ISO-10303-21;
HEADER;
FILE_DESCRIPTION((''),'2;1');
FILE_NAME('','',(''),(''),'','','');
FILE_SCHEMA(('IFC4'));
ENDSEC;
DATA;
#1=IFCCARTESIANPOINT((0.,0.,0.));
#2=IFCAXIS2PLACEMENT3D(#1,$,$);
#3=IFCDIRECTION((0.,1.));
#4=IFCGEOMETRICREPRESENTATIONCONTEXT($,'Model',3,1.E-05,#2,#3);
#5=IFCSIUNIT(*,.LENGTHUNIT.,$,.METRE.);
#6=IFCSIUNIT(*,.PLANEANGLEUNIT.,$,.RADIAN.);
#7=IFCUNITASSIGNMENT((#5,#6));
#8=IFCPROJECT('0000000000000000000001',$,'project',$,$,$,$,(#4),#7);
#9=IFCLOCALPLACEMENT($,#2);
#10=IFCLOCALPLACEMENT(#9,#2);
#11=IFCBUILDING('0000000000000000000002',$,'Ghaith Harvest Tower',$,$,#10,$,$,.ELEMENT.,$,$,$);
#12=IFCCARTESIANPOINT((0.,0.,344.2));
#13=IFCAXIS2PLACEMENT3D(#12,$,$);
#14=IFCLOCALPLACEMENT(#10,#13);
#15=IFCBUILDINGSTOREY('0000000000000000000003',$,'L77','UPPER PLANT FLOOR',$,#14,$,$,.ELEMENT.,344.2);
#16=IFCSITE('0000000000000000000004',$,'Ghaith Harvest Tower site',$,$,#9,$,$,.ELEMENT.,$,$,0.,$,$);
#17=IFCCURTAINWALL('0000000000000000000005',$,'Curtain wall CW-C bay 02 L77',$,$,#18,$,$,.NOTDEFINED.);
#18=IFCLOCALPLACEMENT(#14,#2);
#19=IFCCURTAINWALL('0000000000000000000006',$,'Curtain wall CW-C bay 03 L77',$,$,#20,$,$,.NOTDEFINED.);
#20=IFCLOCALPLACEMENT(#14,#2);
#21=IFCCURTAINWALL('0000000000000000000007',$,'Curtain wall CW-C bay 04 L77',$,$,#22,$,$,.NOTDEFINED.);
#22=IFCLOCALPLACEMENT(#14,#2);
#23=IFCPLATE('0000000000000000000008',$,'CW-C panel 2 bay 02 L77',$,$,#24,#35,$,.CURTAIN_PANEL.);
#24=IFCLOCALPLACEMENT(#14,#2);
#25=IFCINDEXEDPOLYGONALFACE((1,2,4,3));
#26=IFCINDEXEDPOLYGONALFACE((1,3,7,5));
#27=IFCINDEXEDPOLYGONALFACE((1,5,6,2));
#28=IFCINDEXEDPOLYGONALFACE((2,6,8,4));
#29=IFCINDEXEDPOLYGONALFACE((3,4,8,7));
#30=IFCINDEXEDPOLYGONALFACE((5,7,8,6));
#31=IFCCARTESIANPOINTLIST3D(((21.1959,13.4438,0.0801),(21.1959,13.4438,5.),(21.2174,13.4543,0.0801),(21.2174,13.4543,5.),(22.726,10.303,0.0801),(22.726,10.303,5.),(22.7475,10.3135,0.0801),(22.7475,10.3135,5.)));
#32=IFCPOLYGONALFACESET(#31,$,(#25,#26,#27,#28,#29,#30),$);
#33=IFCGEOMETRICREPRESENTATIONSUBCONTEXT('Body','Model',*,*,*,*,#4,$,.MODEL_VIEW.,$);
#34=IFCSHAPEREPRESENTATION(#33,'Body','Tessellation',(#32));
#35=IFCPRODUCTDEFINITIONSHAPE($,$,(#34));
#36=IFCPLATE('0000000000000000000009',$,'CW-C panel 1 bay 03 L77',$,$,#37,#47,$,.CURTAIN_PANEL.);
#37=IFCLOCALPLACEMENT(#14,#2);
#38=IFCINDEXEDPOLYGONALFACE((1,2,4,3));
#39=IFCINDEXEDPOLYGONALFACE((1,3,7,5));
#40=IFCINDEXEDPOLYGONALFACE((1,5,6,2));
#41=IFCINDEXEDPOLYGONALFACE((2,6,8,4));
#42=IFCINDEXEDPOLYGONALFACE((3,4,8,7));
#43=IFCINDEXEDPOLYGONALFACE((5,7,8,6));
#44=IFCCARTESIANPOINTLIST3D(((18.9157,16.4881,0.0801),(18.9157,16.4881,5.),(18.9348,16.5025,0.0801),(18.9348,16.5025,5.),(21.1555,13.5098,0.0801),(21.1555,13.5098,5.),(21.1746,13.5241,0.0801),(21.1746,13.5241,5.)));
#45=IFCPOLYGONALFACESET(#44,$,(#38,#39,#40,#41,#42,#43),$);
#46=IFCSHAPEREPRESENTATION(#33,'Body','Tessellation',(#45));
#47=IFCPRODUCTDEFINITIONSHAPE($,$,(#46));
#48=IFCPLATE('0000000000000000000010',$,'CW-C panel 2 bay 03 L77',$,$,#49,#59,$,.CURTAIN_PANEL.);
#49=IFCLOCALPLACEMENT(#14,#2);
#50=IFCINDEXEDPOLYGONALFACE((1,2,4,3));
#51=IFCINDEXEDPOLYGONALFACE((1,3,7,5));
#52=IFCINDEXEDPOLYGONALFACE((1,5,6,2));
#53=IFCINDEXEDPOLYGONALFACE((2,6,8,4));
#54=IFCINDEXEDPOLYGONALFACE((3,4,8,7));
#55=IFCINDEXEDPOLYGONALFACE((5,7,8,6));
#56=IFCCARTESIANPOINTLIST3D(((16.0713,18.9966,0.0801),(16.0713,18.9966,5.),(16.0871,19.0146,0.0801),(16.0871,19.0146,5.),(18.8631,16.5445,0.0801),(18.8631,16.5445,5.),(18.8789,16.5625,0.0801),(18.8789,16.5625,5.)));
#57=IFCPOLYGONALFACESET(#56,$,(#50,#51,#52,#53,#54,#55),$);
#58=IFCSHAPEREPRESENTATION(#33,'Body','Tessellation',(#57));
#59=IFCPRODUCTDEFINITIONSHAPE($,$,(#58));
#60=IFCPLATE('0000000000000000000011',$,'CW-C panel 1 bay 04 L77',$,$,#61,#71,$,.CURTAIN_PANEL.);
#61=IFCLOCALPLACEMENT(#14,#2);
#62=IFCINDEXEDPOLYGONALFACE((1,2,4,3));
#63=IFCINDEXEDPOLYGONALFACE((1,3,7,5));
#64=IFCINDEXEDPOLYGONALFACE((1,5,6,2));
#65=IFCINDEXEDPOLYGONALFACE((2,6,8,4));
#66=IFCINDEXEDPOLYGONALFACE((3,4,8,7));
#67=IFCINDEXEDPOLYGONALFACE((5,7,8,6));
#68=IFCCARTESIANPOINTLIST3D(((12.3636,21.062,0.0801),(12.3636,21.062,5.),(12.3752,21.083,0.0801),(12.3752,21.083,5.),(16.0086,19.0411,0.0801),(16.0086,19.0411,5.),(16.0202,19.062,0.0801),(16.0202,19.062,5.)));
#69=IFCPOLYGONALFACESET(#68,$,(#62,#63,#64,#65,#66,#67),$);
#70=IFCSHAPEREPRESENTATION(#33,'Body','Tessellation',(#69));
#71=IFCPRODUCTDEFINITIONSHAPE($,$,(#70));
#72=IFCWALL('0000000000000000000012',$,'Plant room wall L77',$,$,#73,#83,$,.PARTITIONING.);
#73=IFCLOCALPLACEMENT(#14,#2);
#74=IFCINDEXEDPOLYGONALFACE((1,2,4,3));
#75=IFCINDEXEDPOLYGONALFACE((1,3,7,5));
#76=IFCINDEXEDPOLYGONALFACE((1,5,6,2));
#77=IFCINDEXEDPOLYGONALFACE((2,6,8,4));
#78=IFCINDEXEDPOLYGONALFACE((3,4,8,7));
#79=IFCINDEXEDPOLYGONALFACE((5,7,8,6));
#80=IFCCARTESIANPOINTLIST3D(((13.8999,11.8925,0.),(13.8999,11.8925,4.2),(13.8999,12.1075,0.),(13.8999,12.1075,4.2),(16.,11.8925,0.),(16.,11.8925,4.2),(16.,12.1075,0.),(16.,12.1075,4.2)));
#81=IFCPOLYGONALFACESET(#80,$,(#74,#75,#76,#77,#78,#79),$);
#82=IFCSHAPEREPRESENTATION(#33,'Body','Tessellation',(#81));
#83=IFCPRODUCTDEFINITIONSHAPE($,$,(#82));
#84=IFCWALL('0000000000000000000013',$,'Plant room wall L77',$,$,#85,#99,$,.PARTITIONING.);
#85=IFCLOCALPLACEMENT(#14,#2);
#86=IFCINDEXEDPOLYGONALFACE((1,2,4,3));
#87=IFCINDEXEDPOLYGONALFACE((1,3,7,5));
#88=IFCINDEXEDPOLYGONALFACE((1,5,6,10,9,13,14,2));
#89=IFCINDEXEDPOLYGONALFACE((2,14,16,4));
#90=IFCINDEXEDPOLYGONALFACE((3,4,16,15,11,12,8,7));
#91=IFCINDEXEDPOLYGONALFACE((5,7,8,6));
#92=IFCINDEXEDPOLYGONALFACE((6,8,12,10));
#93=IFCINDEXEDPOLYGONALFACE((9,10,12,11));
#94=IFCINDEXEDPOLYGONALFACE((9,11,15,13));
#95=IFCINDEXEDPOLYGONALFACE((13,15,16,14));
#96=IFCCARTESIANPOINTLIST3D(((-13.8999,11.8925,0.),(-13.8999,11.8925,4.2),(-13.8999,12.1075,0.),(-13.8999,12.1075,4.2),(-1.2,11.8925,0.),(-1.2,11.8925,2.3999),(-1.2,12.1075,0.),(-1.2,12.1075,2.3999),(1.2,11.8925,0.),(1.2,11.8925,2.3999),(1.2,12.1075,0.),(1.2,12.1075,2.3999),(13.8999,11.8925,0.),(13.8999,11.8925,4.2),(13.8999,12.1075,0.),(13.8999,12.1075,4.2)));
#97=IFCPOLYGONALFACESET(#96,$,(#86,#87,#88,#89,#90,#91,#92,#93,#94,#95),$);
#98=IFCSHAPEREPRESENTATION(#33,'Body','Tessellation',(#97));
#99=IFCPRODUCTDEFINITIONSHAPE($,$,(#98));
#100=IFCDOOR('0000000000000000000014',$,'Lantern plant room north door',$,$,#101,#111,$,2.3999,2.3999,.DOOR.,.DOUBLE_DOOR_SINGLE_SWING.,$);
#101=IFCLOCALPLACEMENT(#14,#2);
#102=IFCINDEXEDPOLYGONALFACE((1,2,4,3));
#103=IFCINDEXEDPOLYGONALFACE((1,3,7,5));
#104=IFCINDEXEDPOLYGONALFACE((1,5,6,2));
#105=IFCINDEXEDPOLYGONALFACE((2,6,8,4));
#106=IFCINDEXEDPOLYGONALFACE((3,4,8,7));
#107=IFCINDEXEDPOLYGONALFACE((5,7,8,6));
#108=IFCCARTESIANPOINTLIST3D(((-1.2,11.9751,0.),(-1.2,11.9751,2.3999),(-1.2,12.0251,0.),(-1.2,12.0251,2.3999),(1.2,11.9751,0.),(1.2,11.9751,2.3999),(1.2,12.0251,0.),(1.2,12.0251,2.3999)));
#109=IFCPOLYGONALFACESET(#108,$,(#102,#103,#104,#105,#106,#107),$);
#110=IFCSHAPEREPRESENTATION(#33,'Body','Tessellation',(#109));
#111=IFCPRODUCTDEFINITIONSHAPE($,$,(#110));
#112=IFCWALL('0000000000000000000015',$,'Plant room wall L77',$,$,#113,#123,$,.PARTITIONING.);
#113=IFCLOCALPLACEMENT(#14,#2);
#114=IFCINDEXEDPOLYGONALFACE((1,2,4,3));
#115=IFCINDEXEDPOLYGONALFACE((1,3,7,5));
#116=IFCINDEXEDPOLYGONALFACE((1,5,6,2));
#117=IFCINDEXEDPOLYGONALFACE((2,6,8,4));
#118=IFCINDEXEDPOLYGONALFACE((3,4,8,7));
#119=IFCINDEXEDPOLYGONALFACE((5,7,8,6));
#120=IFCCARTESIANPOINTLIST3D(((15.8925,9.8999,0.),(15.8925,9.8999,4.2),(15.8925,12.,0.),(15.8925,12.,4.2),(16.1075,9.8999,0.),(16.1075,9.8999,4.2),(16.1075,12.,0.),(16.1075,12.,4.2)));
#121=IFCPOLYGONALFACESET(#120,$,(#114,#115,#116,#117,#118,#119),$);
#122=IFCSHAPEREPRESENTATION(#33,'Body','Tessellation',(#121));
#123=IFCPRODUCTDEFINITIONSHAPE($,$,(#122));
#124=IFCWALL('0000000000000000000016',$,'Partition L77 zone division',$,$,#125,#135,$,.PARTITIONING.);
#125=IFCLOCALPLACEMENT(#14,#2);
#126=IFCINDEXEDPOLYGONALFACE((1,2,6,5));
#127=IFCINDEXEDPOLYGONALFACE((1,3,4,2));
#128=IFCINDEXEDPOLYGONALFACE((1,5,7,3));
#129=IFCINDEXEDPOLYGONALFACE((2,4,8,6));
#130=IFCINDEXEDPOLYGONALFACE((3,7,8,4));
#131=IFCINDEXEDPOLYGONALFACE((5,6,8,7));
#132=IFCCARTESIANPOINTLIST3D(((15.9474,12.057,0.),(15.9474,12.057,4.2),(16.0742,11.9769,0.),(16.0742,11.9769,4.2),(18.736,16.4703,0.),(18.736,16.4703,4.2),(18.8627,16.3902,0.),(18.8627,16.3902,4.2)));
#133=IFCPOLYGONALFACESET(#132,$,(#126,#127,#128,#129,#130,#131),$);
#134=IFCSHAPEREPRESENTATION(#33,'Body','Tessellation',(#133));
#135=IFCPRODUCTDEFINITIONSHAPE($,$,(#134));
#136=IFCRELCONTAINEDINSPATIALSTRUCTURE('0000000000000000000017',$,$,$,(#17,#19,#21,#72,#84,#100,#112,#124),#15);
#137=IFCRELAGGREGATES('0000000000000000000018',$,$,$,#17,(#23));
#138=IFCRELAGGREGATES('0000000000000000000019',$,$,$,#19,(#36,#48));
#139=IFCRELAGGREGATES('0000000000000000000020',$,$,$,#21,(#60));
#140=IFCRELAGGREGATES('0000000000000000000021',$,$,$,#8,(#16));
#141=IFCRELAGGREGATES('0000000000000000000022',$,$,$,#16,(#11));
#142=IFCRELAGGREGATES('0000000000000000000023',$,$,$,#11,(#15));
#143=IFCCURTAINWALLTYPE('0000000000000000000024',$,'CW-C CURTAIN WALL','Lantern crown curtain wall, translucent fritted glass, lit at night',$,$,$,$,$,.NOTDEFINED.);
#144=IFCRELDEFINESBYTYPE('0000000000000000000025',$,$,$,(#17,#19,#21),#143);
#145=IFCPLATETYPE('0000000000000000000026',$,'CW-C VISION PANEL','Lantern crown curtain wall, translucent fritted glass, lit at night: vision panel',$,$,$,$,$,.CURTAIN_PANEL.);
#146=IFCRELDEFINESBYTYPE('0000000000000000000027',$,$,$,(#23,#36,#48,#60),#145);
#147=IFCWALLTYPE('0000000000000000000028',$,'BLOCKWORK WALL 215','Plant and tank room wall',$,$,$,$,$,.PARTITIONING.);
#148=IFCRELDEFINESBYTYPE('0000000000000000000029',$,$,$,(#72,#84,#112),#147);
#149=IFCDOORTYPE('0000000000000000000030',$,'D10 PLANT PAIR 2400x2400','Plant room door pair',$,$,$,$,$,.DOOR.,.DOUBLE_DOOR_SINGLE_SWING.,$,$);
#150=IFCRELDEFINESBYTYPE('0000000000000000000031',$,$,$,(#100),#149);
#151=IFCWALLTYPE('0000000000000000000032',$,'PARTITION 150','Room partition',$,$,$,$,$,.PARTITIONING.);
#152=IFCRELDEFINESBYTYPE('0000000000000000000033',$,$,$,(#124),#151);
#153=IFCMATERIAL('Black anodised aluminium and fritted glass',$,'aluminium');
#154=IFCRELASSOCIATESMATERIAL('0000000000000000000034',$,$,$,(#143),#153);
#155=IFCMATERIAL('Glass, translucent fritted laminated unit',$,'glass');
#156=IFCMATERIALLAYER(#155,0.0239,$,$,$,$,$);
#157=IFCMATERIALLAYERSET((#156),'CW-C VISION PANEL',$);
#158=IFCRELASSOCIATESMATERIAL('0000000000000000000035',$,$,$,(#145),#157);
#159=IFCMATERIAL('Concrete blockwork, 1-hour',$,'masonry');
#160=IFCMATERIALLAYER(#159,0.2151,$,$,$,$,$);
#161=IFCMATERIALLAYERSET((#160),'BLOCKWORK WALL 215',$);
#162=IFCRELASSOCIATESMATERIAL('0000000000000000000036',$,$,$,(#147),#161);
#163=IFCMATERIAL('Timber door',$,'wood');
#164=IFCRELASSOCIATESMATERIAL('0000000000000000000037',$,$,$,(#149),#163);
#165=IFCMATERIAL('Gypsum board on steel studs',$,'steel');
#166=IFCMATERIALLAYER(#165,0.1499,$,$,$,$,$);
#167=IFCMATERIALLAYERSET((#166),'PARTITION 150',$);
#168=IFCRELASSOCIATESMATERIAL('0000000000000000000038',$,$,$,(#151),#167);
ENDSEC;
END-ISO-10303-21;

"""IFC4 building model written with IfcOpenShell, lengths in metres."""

from ifc_helpers import new_model, si_unit, direction, frame, frame_2d, origin, origin_2d, place, context, subcontext, project, spatial, rectangle, extrude, material, layer, layer_set, type_object, element, fill, aggregate, save


model = new_model("IFC4")

# Units and contexts
model_context = context("Model", 3, precision=1e-05, world=origin(), true_north=direction((0.0, 1.0)))
body_context = subcontext(model_context, "Body", "Model", "MODEL_VIEW")
ifc_project = project(units=[si_unit("LENGTHUNIT", "METRE"), si_unit("PLANEANGLEUNIT", "RADIAN")], contexts=[model_context])

# Site, building, storey
site_placement = place(None, origin())
site = spatial("IfcSite", under=ifc_project, at=site_placement, Name="Ghaith Harvest Tower site", CompositionType="ELEMENT", RefElevation=0.0)
building_placement = place(site_placement, origin())
building = spatial("IfcBuilding", under=site, at=building_placement, Name="Ghaith Harvest Tower", CompositionType="ELEMENT")
storey_placement = place(building_placement, frame((0.0, 0.0, 344.2)))
storey = spatial("IfcBuildingStorey", under=building, at=storey_placement, Name="L77", Description="UPPER PLANT FLOOR", CompositionType="ELEMENT", Elevation=344.2)

# Curtain wall
ifc_material_1 = material(Name="Black anodised aluminium and fritted glass", Category="aluminium")
curtain_wall_type = type_object("IfcCurtainWallType", Name="CW-C CURTAIN WALL", Description="Lantern crown curtain wall, translucent fritted glass, lit at night", PredefinedType="NOTDEFINED", material=ifc_material_1)
curtain_wall_1_placement = place(storey_placement, origin())
curtain_wall_1 = element("IfcCurtainWall", 1, at=curtain_wall_1_placement, inside=storey, type_object=curtain_wall_type, Name="Curtain wall CW-C bay 02 L77", PredefinedType="NOTDEFINED")

# Curtain wall
curtain_wall_2_placement = place(storey_placement, origin())
curtain_wall_2 = element("IfcCurtainWall", 2, at=curtain_wall_2_placement, inside=storey, type_object=curtain_wall_type, Name="Curtain wall CW-C bay 03 L77", PredefinedType="NOTDEFINED")

# Curtain wall
curtain_wall_3_placement = place(storey_placement, origin())
curtain_wall_3 = element("IfcCurtainWall", 3, at=curtain_wall_3_placement, inside=storey, type_object=curtain_wall_type, Name="Curtain wall CW-C bay 04 L77", PredefinedType="NOTDEFINED")

# Plates
ifc_material_2 = material(Name="Glass, translucent fritted laminated unit", Category="glass")
ifc_layer_1 = layer(ifc_material_2, 0.0239)
ifc_layer_set_1 = layer_set([ifc_layer_1], Name="CW-C VISION PANEL")
plate_type = type_object("IfcPlateType", Name="CW-C VISION PANEL", Description="Lantern crown curtain wall, translucent fritted glass, lit at night: vision panel", PredefinedType="CURTAIN_PANEL", material=ifc_layer_set_1)
plate_1_placement = place(storey_placement, frame((21.9717, 11.8787, 0.0801), z_axis=(0.0, 0.0, 1.0), x_axis=(-0.437968, 0.89899, 0.0)))
plate_1 = element("IfcPlate", 4, at=plate_1_placement, type_object=plate_type, Name="CW-C panel 2 bay 02 L77", PredefinedType="CURTAIN_PANEL", context=body_context, shape_type="SweptSolid", body=[
    extrude(rectangle(XDim=3.4937, YDim=0.0239, at=origin_2d()), origin(), (0.0, 0.0, 1.0), 4.9199),
])
aggregate(curtain_wall_1, [plate_1])
plate_2_placement = place(storey_placement, frame((20.0452, 15.0061, 0.0801), z_axis=(0.0, 0.0, 1.0), x_axis=(-0.601048, 0.799213, 0.0)))
plate_2 = element("IfcPlate", 5, at=plate_2_placement, type_object=plate_type, Name="CW-C panel 1 bay 03 L77", PredefinedType="CURTAIN_PANEL", context=body_context, shape_type="SweptSolid", body=[
    extrude(rectangle(XDim=3.7266, YDim=0.0239, at=origin_2d()), origin(), (0.0, 0.0, 1.0), 4.9199),
])
plate_3_placement = place(storey_placement, frame((17.4751, 17.7795, 0.0801), z_axis=(0.0, 0.0, 1.0), x_axis=(-0.751335, 0.659922, 0.0)))
plate_3 = element("IfcPlate", 6, at=plate_3_placement, type_object=plate_type, Name="CW-C panel 2 bay 03 L77", PredefinedType="CURTAIN_PANEL", context=body_context, shape_type="SweptSolid", body=[
    extrude(rectangle(XDim=3.7158, YDim=0.0239, at=origin_2d()), origin(), (0.0, 0.0, 1.0), 4.9199),
])
aggregate(curtain_wall_2, [plate_2, plate_3])
plate_4_placement = place(storey_placement, frame((14.1919, 20.062, 0.0801), z_axis=(0.0, 0.0, 1.0), x_axis=(-0.874564, 0.48491, 0.0)))
plate_4 = element("IfcPlate", 7, at=plate_4_placement, type_object=plate_type, Name="CW-C panel 1 bay 04 L77", PredefinedType="CURTAIN_PANEL", context=body_context, shape_type="SweptSolid", body=[
    extrude(rectangle(XDim=4.1677, YDim=0.0239, at=origin_2d()), origin(), (0.0, 0.0, 1.0), 4.9199),
])
aggregate(curtain_wall_3, [plate_4])

# Wall
ifc_material_3 = material(Name="Concrete blockwork, 1-hour", Category="masonry")
ifc_layer_2 = layer(ifc_material_3, 0.2151)
ifc_layer_set_2 = layer_set([ifc_layer_2], Name="BLOCKWORK WALL 215")
wall_type_1 = type_object("IfcWallType", Name="BLOCKWORK WALL 215", Description="Plant and tank room wall", PredefinedType="PARTITIONING", material=ifc_layer_set_2)
wall_1_placement = place(storey_placement, frame((16.0, 12.0, 0.0), z_axis=(0.0, 0.0, 1.0), x_axis=(-1.0, 0.0, 0.0)))
element("IfcWall", 8, at=wall_1_placement, inside=storey, type_object=wall_type_1, Name="Plant room wall L77", PredefinedType="PARTITIONING", context=body_context, shape_type="SweptSolid", body=[
    extrude(rectangle(XDim=2.1001, YDim=0.2151, at=frame_2d((1.05, 0.0))), origin(), (0.0, 0.0, 1.0), 4.2),
])

# Wall, opening, door
wall_2_placement = place(storey_placement, frame((13.8999, 12.0, 0.0), z_axis=(0.0, 0.0, 1.0), x_axis=(-1.0, 0.0, 0.0)))
wall_2 = element("IfcWall", 9, at=wall_2_placement, inside=storey, type_object=wall_type_1, Name="Plant room wall L77", PredefinedType="PARTITIONING", context=body_context, shape_type="SweptSolid", body=[
    extrude(rectangle(XDim=27.7998, YDim=0.2151, at=frame_2d((13.8999, 0.0))), origin(), (0.0, 0.0, 1.0), 4.2),
])
opening_1_placement = place(wall_2_placement, frame((12.7, 0.0, 0.0)))
opening_1 = element("IfcOpeningElement", 10, at=opening_1_placement, cuts=wall_2, PredefinedType="OPENING", context=body_context, shape_type="SweptSolid", body=[
    extrude(rectangle(XDim=2.3999, YDim=2.3999, at=frame_2d((1.2, 1.2))), frame((0.0, 0.1177, 0.0), z_axis=(0.0, -1.0, 0.0), x_axis=(1.0, 0.0, 0.0)), (0.0, 0.0, 1.0), 0.2351),
])
ifc_material_4 = material(Name="Timber door", Category="wood")
door_type_1 = type_object("IfcDoorType", Name="D10 PLANT PAIR 2400x2400", Description="Plant room door pair", OperationType="DOUBLE_DOOR_SINGLE_SWING", PredefinedType="DOOR", material=ifc_material_4)
door_1_placement = place(opening_1_placement, origin())
door_1 = element("IfcDoor", 11, at=door_1_placement, inside=storey, type_object=door_type_1, Name="Lantern plant room north door", OperationType="DOUBLE_DOOR_SINGLE_SWING", OverallHeight=2.3999, OverallWidth=2.3999, PredefinedType="DOOR", context=body_context, shape_type="SweptSolid", body=[
    extrude(rectangle(XDim=2.3999, YDim=2.3999, at=frame_2d((1.2, 1.2))), frame((0.0, 0.0249, 0.0), z_axis=(0.0, -1.0, 0.0), x_axis=(1.0, 0.0, 0.0)), (0.0, 0.0, 1.0), 0.05),
])
fill(opening_1, door_1)

# Wall
wall_3_placement = place(storey_placement, frame((16.0, 9.8999, 0.0), z_axis=(0.0, 0.0, 1.0), x_axis=(0.0, 1.0, 0.0)))
element("IfcWall", 12, at=wall_3_placement, inside=storey, type_object=wall_type_1, Name="Plant room wall L77", PredefinedType="PARTITIONING", context=body_context, shape_type="SweptSolid", body=[
    extrude(rectangle(XDim=2.1001, YDim=0.2151, at=frame_2d((1.05, 0.0))), origin(), (0.0, 0.0, 1.0), 4.2),
])

# Wall
ifc_material_5 = material(Name="Gypsum board on steel studs", Category="steel")
ifc_layer_3 = layer(ifc_material_5, 0.1499)
ifc_layer_set_3 = layer_set([ifc_layer_3], Name="PARTITION 150")
wall_type_2 = type_object("IfcWallType", Name="PARTITION 150", Description="Room partition", PredefinedType="PARTITIONING", material=ifc_layer_set_3)
wall_4_placement = place(storey_placement, frame((16.0107, 12.0168, 0.0), z_axis=(0.0, 0.0, 1.0), x_axis=(0.534158, 0.845384, 0.0)))
element("IfcWall", 13, at=wall_4_placement, inside=storey, type_object=wall_type_2, Name="Partition L77 zone division", PredefinedType="PARTITIONING", context=body_context, shape_type="SweptSolid", body=[
    extrude(rectangle(XDim=5.2205, YDim=0.1499, at=frame_2d((2.6104, 0.0))), origin(), (0.0, 0.0, 1.0), 4.2),
])

save(model, "model.ifc")
